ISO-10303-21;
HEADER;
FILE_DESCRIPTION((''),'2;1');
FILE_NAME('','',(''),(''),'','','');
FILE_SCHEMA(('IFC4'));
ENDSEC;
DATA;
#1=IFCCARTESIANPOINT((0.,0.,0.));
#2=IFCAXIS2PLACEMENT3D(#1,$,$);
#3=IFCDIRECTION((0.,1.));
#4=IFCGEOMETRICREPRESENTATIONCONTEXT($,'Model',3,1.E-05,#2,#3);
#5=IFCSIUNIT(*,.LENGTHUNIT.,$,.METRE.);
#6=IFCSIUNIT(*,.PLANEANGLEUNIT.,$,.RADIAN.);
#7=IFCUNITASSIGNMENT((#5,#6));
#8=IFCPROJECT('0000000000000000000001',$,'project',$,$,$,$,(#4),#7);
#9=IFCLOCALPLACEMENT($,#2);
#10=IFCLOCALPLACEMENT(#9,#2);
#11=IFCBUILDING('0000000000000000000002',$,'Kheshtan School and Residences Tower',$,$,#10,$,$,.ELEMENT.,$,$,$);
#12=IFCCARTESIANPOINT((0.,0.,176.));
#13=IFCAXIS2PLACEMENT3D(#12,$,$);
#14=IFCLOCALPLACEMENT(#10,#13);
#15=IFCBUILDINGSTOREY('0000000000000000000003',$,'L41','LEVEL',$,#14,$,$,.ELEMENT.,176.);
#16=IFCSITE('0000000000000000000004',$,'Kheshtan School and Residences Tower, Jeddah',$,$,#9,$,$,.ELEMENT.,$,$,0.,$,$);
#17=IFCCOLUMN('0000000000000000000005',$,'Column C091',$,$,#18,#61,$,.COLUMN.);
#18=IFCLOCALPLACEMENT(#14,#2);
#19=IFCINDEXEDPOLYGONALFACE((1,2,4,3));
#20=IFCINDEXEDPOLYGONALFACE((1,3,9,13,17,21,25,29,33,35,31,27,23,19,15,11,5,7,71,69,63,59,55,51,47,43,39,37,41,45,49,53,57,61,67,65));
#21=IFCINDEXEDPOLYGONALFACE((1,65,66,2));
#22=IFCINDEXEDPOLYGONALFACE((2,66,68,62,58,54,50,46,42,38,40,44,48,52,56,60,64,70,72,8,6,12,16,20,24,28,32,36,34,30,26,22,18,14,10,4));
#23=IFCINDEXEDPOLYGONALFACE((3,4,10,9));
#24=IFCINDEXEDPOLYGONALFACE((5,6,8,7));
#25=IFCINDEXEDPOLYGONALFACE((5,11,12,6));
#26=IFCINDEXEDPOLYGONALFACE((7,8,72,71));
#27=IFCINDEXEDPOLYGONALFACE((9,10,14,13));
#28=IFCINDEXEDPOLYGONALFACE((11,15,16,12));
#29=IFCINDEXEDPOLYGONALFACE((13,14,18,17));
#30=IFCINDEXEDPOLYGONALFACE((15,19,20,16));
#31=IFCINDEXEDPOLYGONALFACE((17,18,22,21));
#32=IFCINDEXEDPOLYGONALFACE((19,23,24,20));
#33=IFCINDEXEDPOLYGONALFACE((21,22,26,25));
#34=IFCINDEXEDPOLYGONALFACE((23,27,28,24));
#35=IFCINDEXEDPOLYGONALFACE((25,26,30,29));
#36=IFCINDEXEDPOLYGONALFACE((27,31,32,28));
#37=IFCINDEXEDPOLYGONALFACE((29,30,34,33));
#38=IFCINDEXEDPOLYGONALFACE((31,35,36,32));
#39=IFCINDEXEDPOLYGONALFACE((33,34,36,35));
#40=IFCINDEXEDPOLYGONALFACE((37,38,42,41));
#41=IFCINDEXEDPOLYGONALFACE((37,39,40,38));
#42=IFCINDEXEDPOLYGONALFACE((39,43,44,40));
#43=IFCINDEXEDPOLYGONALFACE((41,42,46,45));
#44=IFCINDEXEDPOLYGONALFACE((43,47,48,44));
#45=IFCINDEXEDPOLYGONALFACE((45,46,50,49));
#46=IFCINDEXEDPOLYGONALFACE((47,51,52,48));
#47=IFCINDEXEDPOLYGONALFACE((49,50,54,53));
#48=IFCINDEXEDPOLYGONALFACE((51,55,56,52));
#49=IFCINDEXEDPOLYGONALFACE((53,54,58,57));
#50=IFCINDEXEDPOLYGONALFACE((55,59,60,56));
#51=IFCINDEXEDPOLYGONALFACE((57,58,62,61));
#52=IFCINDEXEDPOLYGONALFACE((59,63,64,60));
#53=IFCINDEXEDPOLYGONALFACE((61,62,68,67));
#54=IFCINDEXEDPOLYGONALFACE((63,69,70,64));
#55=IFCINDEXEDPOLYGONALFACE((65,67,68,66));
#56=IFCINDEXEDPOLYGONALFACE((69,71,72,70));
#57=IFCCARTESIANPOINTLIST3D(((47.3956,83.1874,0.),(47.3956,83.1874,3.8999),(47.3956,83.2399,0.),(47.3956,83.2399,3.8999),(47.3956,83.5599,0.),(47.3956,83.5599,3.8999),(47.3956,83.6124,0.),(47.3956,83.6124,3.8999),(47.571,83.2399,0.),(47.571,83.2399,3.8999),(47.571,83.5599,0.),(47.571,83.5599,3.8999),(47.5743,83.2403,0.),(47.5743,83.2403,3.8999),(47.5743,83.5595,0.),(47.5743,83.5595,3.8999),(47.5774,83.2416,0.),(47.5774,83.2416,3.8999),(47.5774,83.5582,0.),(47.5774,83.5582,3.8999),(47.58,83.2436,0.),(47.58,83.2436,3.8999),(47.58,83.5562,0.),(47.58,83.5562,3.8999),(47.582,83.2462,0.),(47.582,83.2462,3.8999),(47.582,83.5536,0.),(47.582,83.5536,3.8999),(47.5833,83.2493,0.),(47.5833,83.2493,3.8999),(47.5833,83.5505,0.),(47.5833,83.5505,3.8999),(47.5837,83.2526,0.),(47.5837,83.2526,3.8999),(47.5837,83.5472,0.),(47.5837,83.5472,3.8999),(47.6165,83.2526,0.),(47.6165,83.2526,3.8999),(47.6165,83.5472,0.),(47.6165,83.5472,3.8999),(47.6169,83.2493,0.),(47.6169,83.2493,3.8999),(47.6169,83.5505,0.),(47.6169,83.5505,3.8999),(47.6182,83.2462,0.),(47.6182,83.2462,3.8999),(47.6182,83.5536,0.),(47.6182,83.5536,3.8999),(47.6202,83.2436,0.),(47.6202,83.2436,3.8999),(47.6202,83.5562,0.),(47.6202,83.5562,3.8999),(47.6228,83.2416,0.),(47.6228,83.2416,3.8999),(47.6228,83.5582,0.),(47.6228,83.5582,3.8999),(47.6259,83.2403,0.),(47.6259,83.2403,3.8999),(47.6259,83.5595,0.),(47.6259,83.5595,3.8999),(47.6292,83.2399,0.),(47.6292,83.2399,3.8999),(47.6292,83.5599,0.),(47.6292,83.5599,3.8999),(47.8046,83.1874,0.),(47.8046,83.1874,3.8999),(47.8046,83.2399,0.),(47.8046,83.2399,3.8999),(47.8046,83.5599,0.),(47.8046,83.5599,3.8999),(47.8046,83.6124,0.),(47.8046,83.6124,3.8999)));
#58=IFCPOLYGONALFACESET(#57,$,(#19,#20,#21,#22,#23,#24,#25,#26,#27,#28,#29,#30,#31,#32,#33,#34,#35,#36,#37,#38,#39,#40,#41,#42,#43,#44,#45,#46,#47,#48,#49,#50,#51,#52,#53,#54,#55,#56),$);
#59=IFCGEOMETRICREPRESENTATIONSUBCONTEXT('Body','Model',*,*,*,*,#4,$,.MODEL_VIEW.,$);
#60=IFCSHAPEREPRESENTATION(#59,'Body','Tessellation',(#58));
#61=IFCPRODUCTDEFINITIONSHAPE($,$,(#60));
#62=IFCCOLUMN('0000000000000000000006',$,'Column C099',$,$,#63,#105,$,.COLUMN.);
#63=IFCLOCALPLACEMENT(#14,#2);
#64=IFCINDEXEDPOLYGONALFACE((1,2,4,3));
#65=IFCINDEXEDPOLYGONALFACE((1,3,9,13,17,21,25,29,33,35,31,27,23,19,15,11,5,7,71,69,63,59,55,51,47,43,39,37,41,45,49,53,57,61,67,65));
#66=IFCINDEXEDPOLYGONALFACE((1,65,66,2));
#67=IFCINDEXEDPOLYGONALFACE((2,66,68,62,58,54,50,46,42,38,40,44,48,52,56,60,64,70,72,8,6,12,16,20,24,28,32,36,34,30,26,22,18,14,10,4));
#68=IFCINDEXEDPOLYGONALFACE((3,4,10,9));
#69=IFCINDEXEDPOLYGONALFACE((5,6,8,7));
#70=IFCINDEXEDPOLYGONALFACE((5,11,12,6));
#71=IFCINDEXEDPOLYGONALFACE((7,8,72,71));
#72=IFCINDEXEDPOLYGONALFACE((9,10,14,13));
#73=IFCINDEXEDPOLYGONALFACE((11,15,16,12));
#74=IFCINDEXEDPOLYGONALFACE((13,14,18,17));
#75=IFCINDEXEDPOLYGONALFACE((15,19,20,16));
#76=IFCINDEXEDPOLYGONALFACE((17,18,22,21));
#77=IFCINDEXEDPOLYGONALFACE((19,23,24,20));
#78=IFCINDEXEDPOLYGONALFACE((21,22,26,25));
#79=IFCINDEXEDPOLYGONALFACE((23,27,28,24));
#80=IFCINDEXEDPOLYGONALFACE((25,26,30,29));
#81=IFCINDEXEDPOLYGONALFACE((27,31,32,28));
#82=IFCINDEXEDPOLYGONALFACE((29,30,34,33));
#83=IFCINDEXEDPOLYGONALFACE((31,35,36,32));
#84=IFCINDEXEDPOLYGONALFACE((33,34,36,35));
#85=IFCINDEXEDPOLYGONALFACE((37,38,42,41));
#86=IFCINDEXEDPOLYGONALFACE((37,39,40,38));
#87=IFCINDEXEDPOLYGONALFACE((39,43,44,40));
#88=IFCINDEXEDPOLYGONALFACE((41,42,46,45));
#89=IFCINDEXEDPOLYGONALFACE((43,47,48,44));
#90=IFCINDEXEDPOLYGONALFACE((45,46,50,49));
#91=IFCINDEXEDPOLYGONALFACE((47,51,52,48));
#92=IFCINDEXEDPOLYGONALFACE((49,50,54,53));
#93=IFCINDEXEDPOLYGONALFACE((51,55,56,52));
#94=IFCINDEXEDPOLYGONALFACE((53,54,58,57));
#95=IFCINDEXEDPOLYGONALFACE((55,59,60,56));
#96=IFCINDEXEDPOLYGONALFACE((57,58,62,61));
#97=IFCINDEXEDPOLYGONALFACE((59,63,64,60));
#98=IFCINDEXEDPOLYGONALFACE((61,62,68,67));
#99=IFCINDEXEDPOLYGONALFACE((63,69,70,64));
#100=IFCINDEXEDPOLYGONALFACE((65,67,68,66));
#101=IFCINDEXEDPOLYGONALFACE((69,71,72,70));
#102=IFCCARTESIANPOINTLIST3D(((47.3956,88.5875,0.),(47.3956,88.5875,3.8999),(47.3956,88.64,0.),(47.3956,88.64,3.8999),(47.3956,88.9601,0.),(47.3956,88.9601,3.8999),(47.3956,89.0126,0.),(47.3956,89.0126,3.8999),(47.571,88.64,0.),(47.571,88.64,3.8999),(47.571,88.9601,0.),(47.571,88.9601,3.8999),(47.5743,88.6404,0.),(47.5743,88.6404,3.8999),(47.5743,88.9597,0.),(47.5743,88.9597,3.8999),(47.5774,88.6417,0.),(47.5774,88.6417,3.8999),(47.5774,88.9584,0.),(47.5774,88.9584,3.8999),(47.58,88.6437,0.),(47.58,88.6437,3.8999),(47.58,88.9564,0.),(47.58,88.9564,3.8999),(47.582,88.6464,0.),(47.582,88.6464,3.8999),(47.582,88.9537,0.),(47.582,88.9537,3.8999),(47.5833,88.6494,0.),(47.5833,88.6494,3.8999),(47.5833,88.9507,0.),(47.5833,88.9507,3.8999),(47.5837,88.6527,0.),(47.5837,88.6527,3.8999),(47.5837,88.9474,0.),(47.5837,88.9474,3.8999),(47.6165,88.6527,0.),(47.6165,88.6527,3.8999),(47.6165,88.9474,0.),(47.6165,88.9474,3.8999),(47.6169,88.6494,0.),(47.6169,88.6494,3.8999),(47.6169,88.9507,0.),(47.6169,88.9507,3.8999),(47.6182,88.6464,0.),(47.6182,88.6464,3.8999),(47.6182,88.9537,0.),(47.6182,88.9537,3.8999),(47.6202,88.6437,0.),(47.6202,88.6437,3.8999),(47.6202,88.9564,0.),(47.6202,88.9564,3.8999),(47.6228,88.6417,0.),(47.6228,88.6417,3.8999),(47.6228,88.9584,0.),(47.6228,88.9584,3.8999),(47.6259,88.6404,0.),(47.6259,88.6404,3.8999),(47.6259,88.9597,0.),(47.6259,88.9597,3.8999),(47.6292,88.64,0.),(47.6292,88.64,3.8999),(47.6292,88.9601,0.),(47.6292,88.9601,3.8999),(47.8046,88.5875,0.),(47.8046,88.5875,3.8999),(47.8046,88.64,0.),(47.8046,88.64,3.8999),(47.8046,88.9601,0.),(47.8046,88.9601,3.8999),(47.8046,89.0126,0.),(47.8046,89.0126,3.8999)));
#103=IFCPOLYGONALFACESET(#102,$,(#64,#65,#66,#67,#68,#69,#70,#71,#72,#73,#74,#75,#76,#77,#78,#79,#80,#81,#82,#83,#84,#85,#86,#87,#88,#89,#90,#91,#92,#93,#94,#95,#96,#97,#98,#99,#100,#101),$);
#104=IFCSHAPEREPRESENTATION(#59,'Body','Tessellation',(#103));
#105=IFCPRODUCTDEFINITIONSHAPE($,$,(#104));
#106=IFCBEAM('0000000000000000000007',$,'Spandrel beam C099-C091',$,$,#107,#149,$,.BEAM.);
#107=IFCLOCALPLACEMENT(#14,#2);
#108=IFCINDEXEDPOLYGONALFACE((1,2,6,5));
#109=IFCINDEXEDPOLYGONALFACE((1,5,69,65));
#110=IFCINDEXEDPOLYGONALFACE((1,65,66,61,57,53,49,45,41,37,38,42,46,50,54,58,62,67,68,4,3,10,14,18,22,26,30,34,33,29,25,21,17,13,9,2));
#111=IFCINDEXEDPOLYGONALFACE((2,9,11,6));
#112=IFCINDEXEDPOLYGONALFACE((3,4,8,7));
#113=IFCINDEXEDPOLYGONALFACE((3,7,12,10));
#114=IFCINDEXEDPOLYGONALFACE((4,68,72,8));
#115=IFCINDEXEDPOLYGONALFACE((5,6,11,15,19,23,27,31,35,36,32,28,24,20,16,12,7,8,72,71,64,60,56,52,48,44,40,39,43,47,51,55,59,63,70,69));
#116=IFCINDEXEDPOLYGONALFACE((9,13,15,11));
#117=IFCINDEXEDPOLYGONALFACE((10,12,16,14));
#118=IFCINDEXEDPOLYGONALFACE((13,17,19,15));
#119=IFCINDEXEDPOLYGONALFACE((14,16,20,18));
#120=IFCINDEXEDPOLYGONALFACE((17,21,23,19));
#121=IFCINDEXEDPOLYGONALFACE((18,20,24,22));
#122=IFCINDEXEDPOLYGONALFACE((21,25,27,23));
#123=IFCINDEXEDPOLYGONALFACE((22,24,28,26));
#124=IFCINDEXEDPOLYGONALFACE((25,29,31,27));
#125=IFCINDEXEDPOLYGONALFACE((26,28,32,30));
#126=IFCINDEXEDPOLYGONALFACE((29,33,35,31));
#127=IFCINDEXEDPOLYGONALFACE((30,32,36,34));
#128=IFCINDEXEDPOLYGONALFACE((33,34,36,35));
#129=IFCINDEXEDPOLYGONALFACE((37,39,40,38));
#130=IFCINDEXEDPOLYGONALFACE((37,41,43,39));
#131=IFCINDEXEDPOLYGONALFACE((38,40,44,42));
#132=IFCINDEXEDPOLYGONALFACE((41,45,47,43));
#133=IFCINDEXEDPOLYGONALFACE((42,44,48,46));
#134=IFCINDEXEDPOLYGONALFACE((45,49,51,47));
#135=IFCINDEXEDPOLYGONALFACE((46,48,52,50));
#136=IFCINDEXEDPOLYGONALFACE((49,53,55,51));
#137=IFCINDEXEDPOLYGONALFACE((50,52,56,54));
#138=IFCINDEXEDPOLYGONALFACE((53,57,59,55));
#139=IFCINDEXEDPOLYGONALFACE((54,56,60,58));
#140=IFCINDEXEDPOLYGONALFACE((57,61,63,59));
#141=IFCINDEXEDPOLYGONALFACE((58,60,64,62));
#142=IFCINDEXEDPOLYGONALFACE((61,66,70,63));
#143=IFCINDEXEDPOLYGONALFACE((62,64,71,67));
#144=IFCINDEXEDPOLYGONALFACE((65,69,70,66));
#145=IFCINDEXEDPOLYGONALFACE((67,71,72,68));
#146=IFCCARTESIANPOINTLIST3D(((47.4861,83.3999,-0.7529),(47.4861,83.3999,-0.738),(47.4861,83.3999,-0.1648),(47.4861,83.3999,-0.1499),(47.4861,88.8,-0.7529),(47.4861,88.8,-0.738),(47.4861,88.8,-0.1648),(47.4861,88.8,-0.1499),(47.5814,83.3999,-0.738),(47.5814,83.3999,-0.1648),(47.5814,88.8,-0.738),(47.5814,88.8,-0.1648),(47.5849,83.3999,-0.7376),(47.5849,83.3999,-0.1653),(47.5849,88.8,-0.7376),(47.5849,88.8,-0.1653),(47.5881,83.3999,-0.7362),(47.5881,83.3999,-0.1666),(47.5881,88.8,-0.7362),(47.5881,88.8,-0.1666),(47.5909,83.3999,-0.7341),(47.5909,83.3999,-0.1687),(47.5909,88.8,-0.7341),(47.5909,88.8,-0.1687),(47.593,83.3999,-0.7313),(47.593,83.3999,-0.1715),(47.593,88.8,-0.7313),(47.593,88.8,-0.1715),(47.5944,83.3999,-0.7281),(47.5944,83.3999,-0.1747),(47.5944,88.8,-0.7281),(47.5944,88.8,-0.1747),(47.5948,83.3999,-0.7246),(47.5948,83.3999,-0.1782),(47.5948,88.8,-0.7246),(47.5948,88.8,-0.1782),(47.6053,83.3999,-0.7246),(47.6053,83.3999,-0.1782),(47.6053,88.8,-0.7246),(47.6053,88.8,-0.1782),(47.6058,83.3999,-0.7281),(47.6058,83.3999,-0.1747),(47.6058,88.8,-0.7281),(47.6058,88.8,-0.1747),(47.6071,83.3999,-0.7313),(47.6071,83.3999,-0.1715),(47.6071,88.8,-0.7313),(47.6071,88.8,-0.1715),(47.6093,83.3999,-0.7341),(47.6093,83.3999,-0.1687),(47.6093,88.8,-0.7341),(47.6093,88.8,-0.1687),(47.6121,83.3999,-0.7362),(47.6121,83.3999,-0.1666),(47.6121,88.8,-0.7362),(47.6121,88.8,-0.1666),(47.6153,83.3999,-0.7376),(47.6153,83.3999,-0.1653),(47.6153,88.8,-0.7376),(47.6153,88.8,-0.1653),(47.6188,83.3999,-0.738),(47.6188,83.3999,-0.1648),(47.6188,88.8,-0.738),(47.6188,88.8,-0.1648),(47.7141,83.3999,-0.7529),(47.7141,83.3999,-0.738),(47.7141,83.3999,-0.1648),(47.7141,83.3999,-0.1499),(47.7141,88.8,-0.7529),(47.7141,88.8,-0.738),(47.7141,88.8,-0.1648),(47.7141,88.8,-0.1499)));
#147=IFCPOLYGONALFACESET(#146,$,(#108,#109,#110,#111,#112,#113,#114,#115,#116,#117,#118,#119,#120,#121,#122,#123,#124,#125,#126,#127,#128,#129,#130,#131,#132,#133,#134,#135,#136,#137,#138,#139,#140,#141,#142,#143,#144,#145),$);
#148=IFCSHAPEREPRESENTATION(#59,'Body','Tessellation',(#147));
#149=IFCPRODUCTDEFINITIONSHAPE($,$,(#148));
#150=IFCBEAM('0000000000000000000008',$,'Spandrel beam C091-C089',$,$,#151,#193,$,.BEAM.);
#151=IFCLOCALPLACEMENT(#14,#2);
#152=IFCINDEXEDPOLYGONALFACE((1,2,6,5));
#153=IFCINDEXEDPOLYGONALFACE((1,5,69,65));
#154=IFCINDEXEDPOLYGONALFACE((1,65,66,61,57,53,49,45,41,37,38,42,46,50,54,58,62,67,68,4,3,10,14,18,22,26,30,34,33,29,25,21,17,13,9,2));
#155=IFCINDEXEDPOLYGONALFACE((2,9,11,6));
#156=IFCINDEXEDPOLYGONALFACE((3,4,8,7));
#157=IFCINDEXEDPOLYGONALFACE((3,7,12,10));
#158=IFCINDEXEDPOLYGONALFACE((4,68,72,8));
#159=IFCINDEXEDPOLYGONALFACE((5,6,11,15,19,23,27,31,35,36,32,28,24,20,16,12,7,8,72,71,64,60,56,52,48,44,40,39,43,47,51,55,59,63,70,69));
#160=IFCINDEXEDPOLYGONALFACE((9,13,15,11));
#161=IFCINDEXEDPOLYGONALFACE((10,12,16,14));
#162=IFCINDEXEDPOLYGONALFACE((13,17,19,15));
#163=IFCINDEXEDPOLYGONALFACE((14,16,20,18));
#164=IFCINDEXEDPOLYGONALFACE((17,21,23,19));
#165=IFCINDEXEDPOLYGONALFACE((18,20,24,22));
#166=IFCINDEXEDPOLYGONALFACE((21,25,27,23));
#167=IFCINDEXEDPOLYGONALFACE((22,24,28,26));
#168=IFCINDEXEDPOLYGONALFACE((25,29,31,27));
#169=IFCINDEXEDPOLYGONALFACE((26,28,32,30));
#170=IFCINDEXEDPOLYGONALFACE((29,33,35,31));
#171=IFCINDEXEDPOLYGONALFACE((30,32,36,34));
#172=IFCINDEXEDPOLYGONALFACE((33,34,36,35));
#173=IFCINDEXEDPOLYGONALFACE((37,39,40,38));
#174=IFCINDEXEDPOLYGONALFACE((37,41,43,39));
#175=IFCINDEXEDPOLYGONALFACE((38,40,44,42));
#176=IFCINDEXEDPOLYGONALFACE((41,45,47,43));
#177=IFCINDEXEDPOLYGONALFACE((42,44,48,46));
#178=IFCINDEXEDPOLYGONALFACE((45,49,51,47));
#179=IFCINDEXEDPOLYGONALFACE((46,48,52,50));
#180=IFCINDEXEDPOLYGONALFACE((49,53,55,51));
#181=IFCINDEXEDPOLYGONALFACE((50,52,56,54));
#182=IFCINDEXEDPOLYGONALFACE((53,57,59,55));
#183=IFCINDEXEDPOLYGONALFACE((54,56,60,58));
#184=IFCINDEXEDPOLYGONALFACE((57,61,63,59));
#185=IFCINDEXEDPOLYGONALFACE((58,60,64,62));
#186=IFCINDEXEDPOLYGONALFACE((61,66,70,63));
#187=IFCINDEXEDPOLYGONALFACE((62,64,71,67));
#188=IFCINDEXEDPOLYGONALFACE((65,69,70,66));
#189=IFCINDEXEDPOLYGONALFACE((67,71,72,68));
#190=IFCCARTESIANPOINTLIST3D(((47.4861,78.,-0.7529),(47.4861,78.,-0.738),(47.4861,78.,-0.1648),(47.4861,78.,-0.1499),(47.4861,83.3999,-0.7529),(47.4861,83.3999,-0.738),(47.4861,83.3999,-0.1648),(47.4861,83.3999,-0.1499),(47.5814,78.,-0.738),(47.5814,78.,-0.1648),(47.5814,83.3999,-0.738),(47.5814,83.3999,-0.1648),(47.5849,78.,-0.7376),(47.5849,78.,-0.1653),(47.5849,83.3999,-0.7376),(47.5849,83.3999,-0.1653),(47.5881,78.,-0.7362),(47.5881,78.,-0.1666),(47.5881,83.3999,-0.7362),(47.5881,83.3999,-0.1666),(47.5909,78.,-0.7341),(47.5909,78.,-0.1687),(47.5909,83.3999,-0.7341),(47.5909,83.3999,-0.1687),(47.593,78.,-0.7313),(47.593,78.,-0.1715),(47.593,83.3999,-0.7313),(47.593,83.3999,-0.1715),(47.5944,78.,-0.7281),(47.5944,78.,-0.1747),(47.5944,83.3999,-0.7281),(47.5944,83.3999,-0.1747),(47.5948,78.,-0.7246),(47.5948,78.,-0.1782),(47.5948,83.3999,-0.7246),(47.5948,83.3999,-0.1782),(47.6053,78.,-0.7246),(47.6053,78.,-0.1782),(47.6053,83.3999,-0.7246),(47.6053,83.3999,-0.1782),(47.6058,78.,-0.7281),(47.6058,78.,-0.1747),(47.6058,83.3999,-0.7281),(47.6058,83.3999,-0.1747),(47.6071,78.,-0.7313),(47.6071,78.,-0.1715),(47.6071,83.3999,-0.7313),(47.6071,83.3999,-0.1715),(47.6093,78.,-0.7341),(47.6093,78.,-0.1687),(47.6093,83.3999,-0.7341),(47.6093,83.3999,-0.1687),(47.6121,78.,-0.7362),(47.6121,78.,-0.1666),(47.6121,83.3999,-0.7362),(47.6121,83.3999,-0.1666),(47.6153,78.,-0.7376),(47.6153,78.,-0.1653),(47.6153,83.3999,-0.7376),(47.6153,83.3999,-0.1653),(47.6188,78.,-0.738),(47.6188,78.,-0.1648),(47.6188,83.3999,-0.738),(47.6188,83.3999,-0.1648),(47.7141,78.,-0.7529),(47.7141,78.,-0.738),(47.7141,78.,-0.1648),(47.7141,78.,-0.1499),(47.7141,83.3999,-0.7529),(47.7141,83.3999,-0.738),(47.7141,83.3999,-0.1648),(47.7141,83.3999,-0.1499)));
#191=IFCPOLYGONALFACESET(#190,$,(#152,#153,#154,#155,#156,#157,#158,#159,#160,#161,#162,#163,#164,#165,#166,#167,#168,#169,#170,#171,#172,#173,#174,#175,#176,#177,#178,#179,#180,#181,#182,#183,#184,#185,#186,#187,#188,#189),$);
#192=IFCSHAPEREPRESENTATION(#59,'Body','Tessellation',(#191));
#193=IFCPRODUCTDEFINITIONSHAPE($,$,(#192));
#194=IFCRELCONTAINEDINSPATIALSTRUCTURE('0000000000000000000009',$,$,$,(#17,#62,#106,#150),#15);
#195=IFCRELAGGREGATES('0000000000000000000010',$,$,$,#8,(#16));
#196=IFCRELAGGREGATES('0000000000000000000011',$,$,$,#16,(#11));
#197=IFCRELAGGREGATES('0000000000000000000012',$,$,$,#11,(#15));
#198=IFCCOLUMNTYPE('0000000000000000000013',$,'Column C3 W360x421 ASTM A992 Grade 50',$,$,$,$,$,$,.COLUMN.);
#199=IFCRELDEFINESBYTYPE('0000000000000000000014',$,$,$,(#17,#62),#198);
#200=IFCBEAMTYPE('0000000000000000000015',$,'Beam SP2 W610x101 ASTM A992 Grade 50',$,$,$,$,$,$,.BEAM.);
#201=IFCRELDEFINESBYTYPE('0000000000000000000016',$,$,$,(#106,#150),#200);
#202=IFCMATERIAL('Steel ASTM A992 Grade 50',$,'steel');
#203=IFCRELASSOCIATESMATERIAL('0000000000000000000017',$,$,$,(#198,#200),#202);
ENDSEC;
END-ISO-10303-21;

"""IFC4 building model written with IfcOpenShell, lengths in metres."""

from ifc_helpers import new_model, si_unit, direction, frame, origin, origin_2d, place, context, subcontext, project, spatial, i_section, extrude, material, material_profile, profile_set, type_object, element, save


model = new_model("IFC4")

# Units and contexts
model_context = context("Model", 3, precision=1e-05, world=origin(), true_north=direction((0.0, 1.0)))
body_context = subcontext(model_context, "Body", "Model", "MODEL_VIEW")
ifc_project = project(units=[si_unit("LENGTHUNIT", "METRE"), si_unit("PLANEANGLEUNIT", "RADIAN")], contexts=[model_context])

# Site, building, storey
site_placement = place(None, origin())
site = spatial("IfcSite", under=ifc_project, at=site_placement, Name="Kheshtan School and Residences Tower, Jeddah", CompositionType="ELEMENT", RefElevation=0.0)
building_placement = place(site_placement, origin())
building = spatial("IfcBuilding", under=site, at=building_placement, Name="Kheshtan School and Residences Tower", CompositionType="ELEMENT")
storey_placement = place(building_placement, frame((0.0, 0.0, 176.0)))
storey = spatial("IfcBuildingStorey", under=building, at=storey_placement, Name="L41", Description="LEVEL", CompositionType="ELEMENT", Elevation=176.0)

# Columns
ifc_material_1 = material(Name="Steel ASTM A992 Grade 50", Category="steel")
ifc_material_profile_1 = material_profile(ifc_material_1, i_section(OverallWidth=0.4089, OverallDepth=0.425, WebThickness=0.0327, FlangeThickness=0.0525, FilletRadius=0.0127, at=origin_2d()), Name="W360x421")
ifc_profile_set_1 = profile_set([ifc_material_profile_1], Name="Steel ASTM A992 Grade 50")
column_type = type_object("IfcColumnType", Name="Column C3 W360x421 ASTM A992 Grade 50", PredefinedType="COLUMN", material=ifc_profile_set_1)
for number, where, z_axis, x_axis, name in (
    (1, (47.6001, 83.3999, 0.0), (0.0, 0.0, 1.0), (1.0, 0.0, 0.0), "Column C091"),
    (2, (47.6001, 88.8, 0.0), (0.0, 0.0, 1.0), (1.0, 0.0, 0.0), "Column C099"),
):
    element("IfcColumn", number, at=place(storey_placement, frame(where, z_axis=z_axis, x_axis=x_axis)), inside=storey, type_object=column_type, Name=name, PredefinedType="COLUMN", context=body_context, shape_type="SweptSolid", body=[
        extrude(i_section(OverallWidth=0.4089, OverallDepth=0.425, WebThickness=0.0327, FlangeThickness=0.0525, FilletRadius=0.0127, at=origin_2d()), origin(), (0.0, 0.0, 1.0), 3.8999),
    ])

# Beams
ifc_material_profile_2 = material_profile(ifc_material_1, i_section(OverallWidth=0.228, OverallDepth=0.603, WebThickness=0.0105, FlangeThickness=0.0149, FilletRadius=0.0134, at=origin_2d()), Name="W610x101")
ifc_profile_set_2 = profile_set([ifc_material_profile_2], Name="Steel ASTM A992 Grade 50")
beam_type = type_object("IfcBeamType", Name="Beam SP2 W610x101 ASTM A992 Grade 50", PredefinedType="BEAM", material=ifc_profile_set_2)
beam_1_placement = place(storey_placement, frame((47.6001, 88.8, -0.4514), z_axis=(0.0, -1.0, 0.0), x_axis=(1.0, 0.0, 0.0)))
element("IfcBeam", 3, at=beam_1_placement, inside=storey, type_object=beam_type, Name="Spandrel beam C099-C091", PredefinedType="BEAM", context=body_context, shape_type="SweptSolid", body=[
    extrude(i_section(OverallWidth=0.228, OverallDepth=0.603, WebThickness=0.0105, FlangeThickness=0.0149, FilletRadius=0.0134, at=origin_2d()), origin(), (0.0, 0.0, 1.0), 5.4001),
])
beam_2_placement = place(storey_placement, frame((47.6001, 83.3999, -0.4514), z_axis=(0.0, -1.0, 0.0), x_axis=(1.0, 0.0, 0.0)))
element("IfcBeam", 4, at=beam_2_placement, inside=storey, type_object=beam_type, Name="Spandrel beam C091-C089", PredefinedType="BEAM", context=body_context, shape_type="SweptSolid", body=[
    extrude(i_section(OverallWidth=0.228, OverallDepth=0.603, WebThickness=0.0105, FlangeThickness=0.0149, FilletRadius=0.0134, at=origin_2d()), origin(), (0.0, 0.0, 1.0), 5.3999),
])

save(model, "model.ifc")
